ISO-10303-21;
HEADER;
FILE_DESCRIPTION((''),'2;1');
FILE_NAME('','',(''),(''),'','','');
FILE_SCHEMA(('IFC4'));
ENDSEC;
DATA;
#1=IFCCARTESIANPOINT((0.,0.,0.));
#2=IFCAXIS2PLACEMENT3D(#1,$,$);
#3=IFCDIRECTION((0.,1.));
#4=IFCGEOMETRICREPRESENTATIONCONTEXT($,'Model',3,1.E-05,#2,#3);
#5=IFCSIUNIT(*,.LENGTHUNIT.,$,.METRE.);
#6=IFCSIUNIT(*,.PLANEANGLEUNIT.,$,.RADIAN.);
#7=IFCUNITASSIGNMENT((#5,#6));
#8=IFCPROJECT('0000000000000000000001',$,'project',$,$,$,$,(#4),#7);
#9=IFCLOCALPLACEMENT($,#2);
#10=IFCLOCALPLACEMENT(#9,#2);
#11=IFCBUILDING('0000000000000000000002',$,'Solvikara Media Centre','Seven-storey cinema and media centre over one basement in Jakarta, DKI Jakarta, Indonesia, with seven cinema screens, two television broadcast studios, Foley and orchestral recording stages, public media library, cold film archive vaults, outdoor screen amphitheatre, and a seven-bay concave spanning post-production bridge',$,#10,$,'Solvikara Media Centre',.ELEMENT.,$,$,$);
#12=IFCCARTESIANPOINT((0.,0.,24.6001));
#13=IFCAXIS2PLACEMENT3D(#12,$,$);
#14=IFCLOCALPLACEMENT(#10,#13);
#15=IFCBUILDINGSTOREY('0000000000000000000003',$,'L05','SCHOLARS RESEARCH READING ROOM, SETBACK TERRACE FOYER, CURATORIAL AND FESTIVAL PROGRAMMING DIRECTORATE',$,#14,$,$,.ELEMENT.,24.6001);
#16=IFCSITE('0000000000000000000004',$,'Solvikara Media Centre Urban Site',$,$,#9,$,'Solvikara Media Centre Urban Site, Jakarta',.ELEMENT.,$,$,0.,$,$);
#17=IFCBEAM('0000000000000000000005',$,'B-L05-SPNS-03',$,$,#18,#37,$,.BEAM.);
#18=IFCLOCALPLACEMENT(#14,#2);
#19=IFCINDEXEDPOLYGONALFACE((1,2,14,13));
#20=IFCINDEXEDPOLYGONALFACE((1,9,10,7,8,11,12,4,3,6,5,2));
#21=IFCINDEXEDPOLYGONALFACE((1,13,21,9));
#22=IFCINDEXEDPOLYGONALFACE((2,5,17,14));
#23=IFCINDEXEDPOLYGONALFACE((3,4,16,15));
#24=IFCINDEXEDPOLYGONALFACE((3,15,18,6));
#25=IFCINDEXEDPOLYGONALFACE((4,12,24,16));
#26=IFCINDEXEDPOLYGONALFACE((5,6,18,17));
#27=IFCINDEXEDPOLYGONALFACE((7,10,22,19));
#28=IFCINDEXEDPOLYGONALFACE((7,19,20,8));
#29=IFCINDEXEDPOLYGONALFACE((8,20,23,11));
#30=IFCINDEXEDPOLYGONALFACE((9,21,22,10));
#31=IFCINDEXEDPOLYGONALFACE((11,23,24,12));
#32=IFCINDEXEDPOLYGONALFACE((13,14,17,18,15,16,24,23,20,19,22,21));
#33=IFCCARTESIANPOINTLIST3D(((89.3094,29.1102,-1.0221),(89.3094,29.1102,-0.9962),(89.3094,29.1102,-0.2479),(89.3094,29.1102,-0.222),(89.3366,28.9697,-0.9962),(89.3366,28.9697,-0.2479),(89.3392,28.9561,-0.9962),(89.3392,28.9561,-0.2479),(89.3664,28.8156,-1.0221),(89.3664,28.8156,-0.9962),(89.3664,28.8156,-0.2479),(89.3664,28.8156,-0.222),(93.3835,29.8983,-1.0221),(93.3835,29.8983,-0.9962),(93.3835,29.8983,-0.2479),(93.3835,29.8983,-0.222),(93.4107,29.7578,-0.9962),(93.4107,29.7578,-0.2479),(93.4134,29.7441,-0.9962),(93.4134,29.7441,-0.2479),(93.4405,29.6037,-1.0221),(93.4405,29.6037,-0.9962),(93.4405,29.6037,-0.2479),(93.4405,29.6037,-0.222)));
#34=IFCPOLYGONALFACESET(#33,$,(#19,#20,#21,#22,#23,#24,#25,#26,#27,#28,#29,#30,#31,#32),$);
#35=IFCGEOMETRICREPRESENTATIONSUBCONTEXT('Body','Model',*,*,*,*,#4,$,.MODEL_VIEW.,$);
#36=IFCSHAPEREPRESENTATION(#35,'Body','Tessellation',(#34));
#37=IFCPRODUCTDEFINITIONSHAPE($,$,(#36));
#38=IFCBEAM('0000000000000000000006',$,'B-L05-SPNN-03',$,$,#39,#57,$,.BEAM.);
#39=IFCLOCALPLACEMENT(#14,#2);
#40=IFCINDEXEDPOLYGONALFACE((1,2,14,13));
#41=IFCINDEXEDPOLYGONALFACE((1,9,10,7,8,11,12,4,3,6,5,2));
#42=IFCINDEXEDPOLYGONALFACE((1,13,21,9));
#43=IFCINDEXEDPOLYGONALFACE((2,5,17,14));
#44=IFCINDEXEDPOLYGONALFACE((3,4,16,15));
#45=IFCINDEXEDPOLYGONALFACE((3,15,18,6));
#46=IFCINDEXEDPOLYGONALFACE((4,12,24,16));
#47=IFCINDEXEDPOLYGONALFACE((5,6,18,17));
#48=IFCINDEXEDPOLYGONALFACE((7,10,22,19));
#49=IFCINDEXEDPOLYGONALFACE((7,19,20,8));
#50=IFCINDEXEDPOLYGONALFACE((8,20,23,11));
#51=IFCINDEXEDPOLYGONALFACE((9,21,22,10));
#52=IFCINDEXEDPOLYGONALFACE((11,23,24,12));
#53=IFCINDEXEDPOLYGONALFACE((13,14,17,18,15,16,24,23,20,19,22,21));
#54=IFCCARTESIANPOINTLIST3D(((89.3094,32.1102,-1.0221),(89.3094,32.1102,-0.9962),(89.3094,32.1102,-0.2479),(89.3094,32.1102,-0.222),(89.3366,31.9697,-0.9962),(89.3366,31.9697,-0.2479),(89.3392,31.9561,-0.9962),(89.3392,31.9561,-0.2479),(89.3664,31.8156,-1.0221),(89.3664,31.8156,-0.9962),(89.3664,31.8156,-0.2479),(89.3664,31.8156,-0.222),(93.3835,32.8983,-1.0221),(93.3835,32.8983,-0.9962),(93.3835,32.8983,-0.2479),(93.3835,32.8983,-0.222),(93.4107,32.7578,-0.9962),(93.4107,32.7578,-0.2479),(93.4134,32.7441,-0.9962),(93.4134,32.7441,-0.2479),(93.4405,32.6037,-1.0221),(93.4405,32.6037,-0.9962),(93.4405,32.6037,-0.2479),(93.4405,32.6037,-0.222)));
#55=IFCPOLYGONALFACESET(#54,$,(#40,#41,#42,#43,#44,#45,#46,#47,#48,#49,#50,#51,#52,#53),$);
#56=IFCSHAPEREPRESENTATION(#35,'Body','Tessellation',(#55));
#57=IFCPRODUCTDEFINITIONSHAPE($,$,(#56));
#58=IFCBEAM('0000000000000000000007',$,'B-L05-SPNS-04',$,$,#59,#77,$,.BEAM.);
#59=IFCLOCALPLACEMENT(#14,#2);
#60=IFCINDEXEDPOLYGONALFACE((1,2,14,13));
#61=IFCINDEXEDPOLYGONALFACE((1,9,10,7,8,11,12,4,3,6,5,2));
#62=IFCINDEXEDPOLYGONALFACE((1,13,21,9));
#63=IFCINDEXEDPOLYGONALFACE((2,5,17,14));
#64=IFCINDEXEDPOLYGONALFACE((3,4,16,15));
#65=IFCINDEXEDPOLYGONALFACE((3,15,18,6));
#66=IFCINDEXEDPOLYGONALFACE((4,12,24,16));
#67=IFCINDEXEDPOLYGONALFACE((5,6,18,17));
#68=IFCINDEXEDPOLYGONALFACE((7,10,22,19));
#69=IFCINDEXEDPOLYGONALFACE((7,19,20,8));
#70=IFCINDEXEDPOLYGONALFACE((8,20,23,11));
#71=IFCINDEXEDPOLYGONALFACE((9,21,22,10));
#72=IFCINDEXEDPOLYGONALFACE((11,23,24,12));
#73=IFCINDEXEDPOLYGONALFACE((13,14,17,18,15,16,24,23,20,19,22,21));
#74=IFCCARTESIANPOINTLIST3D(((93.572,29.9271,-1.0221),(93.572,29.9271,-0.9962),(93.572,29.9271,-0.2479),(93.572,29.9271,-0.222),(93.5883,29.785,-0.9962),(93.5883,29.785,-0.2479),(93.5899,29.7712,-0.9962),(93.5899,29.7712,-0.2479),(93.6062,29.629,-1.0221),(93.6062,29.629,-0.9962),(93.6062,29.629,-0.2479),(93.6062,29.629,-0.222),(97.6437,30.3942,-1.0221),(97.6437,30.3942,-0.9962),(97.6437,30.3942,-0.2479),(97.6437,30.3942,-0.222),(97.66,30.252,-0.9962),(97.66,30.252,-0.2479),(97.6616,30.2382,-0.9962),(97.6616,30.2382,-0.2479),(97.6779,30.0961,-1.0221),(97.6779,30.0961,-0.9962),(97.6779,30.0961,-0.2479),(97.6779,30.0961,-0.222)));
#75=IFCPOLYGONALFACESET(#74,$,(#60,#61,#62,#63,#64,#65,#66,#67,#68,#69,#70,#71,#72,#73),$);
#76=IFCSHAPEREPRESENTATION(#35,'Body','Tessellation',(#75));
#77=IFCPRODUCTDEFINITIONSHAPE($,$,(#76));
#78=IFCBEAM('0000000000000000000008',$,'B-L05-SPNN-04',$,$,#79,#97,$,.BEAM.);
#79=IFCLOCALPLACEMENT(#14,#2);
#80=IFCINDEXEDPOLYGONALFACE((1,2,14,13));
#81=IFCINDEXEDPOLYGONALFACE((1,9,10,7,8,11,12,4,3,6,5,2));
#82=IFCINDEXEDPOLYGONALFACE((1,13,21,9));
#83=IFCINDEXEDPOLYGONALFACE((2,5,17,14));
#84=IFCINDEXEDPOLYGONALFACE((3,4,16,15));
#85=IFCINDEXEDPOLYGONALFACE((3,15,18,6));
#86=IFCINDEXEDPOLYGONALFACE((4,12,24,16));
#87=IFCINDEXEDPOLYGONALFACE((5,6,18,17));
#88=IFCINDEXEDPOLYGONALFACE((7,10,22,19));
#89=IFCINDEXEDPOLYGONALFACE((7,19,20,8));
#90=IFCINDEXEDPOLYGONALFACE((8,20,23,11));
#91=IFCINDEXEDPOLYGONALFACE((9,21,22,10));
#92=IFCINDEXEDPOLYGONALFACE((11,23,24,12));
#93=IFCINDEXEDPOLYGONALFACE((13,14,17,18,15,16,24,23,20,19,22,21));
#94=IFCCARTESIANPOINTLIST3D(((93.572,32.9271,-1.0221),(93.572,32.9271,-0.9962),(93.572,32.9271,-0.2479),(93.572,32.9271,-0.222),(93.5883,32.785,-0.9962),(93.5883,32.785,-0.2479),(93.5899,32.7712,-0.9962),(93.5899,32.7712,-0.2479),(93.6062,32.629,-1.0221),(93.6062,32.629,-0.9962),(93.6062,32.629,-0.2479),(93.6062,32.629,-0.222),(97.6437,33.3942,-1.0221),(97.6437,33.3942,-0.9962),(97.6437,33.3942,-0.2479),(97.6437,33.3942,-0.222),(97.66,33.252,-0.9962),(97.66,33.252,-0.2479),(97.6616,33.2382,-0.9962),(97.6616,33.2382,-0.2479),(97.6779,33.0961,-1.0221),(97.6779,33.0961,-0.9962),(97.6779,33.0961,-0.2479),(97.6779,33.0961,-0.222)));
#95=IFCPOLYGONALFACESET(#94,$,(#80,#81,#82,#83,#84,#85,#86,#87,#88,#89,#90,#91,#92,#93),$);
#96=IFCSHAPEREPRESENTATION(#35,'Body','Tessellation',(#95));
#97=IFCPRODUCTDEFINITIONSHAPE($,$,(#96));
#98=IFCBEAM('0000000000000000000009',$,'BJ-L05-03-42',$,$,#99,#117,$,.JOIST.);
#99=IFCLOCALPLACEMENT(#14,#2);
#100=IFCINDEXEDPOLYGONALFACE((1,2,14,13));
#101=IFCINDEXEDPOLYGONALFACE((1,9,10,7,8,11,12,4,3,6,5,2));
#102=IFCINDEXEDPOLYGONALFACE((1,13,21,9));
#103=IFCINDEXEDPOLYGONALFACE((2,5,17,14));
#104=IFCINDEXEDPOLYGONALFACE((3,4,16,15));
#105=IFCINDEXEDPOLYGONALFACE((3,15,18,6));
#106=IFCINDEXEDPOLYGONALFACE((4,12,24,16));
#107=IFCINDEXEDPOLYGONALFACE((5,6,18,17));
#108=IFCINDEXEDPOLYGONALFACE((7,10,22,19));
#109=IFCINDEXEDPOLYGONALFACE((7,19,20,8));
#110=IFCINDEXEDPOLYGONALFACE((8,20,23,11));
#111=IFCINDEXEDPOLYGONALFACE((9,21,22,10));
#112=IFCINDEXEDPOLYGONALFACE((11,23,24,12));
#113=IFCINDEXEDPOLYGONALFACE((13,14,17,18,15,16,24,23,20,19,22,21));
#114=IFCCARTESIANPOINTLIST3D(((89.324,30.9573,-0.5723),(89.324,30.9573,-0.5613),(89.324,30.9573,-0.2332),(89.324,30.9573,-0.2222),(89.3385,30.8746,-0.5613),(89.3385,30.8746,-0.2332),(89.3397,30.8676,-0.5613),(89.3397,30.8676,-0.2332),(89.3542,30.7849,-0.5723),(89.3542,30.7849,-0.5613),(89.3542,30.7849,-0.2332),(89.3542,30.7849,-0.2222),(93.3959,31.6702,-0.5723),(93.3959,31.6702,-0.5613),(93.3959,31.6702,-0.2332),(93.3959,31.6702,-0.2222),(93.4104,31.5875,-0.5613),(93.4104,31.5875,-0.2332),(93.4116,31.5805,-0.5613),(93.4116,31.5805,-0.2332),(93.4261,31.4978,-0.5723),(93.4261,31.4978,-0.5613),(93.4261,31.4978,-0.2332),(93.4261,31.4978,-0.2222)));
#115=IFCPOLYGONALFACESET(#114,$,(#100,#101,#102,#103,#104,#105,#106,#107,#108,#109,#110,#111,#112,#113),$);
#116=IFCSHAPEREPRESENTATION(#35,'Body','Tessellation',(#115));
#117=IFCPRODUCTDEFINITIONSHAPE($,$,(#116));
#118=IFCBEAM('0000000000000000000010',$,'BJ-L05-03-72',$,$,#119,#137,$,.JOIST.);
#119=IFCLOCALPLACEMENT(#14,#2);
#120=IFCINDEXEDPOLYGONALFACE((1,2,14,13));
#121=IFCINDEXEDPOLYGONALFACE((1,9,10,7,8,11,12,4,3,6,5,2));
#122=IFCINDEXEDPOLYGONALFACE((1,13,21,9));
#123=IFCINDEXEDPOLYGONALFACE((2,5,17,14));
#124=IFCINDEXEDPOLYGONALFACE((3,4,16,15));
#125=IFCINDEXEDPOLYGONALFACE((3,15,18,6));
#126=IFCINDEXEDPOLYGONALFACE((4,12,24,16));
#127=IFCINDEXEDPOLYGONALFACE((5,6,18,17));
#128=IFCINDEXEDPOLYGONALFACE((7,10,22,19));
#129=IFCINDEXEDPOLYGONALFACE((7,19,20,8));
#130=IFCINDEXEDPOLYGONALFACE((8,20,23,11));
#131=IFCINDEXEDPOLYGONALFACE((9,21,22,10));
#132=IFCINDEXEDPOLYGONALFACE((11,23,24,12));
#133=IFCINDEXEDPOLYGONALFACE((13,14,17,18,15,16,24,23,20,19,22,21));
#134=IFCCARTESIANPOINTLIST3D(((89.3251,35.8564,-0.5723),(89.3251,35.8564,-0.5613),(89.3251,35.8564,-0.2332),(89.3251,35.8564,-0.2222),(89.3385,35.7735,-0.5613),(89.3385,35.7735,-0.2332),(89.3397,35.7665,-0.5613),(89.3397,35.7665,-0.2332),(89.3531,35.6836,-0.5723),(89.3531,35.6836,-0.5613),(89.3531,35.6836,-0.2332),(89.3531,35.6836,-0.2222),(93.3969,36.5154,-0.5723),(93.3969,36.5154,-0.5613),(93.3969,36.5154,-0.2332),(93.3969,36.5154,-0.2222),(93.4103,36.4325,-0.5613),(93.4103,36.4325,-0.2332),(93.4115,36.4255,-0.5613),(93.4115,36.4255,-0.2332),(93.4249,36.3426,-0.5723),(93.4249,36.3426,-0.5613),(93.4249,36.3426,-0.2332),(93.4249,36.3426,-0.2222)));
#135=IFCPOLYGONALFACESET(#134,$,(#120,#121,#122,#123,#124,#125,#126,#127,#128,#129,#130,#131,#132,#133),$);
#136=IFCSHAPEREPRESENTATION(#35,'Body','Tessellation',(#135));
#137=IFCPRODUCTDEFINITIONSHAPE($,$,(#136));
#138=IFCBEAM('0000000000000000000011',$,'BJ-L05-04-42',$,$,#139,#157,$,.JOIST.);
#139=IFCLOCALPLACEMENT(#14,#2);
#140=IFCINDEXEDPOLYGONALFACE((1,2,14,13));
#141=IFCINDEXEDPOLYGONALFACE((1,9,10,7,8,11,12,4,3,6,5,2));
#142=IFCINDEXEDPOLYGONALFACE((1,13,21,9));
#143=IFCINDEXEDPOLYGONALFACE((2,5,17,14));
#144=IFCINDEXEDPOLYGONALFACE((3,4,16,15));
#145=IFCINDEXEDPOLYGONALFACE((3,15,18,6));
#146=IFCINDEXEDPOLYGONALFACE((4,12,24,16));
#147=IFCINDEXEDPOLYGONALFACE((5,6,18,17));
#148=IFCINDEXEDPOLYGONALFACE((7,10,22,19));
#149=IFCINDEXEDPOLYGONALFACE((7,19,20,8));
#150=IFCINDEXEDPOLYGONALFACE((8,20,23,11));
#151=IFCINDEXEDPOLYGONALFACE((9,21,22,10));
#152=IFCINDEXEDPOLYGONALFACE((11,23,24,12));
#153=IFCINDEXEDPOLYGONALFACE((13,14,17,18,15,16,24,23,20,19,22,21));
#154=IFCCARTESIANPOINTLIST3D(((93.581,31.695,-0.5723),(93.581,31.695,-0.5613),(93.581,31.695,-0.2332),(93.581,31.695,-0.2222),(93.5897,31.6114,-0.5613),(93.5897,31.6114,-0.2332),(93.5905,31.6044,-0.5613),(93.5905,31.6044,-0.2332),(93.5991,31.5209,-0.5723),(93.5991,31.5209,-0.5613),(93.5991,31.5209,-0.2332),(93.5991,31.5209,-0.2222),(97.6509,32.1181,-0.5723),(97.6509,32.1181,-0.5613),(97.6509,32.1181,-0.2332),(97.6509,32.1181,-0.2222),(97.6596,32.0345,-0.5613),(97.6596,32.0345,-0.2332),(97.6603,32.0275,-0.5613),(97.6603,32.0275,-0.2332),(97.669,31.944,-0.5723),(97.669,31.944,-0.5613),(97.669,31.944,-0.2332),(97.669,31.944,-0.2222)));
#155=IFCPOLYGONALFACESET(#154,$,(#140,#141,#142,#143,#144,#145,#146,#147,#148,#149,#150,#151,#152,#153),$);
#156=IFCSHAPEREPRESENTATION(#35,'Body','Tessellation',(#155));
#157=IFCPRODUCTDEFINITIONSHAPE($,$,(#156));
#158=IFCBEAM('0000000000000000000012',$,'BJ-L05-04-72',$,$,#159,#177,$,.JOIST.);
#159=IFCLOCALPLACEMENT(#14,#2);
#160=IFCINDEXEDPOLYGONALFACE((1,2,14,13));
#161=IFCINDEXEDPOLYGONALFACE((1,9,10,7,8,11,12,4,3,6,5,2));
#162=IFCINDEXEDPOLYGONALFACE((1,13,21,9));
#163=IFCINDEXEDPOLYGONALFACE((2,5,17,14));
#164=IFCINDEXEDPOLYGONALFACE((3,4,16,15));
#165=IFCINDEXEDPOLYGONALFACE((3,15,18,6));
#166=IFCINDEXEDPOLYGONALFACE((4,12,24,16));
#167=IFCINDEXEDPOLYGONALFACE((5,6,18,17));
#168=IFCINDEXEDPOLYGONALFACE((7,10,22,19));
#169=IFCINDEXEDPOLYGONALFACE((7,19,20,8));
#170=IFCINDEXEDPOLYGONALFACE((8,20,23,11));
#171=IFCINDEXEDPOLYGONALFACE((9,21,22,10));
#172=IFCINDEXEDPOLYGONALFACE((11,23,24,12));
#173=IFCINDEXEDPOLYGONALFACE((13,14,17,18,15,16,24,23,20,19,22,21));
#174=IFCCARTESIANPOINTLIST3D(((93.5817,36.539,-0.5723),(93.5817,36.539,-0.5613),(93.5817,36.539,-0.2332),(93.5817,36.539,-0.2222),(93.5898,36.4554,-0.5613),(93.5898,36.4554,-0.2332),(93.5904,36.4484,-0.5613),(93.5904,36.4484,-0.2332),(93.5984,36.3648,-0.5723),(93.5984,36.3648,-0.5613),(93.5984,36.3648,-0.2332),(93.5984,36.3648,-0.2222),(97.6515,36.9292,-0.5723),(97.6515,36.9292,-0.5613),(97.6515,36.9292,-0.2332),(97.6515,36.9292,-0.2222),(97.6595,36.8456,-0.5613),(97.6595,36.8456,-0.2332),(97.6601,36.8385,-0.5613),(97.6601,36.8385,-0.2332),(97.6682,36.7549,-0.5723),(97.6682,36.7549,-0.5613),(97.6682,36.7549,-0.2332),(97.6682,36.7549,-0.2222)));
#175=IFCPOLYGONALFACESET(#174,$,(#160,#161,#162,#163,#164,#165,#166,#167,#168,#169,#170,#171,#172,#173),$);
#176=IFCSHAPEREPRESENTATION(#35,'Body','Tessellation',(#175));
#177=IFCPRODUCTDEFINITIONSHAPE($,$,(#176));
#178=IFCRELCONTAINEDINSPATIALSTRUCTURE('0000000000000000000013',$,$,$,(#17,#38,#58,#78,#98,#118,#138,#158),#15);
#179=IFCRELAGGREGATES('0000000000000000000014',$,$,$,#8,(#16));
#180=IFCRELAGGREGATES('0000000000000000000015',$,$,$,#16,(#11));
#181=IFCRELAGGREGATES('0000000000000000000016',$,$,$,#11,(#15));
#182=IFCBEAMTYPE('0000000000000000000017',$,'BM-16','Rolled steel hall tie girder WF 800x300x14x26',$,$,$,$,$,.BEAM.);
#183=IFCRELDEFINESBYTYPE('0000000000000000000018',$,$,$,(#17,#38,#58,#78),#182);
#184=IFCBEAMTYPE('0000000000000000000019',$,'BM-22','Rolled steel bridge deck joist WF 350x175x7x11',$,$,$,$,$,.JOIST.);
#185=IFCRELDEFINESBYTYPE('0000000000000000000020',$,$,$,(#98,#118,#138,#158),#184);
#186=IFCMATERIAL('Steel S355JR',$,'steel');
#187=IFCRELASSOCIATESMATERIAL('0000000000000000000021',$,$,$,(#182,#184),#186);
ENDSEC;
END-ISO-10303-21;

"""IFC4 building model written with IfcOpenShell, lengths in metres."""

from ifc_helpers import new_model, si_unit, direction, frame, origin, origin_2d, place, context, subcontext, project, spatial, i_section, extrude, material, material_profile, profile_set, type_object, element, save


model = new_model("IFC4")

# Units and contexts
model_context = context("Model", 3, precision=1e-05, world=origin(), true_north=direction((0.0, 1.0)))
body_context = subcontext(model_context, "Body", "Model", "MODEL_VIEW")
ifc_project = project(units=[si_unit("LENGTHUNIT", "METRE"), si_unit("PLANEANGLEUNIT", "RADIAN")], contexts=[model_context])

# Site, building, storey
site_placement = place(None, origin())
site = spatial("IfcSite", under=ifc_project, at=site_placement, Name="Solvikara Media Centre Urban Site", LongName="Solvikara Media Centre Urban Site, Jakarta", CompositionType="ELEMENT", RefElevation=0.0)
building_placement = place(site_placement, origin())
building = spatial("IfcBuilding", under=site, at=building_placement, Name="Solvikara Media Centre", Description="Seven-storey cinema and media centre over one basement in Jakarta, DKI Jakarta, Indonesia, with seven cinema screens, two television broadcast studios, Foley and orchestral recording stages, public media library, cold film archive vaults, outdoor screen amphitheatre, and a seven-bay concave spanning post-production bridge", LongName="Solvikara Media Centre", CompositionType="ELEMENT")
storey_placement = place(building_placement, frame((0.0, 0.0, 24.6001)))
storey = spatial("IfcBuildingStorey", under=building, at=storey_placement, Name="L05", Description="SCHOLARS RESEARCH READING ROOM, SETBACK TERRACE FOYER, CURATORIAL AND FESTIVAL PROGRAMMING DIRECTORATE", CompositionType="ELEMENT", Elevation=24.6001)

# Beams
ifc_material_1 = material(Name="Steel S355JR", Category="steel")
ifc_material_profile_1 = material_profile(ifc_material_1, i_section(OverallWidth=0.3, OverallDepth=0.8, WebThickness=0.0139, FlangeThickness=0.0259, at=origin_2d()), Name="WF 800x300x14x26")
ifc_profile_set_1 = profile_set([ifc_material_profile_1], Name="Steel S355JR")
beam_type_1 = type_object("IfcBeamType", Name="BM-16", Description="Rolled steel hall tie girder WF 800x300x14x26", PredefinedType="BEAM", material=ifc_profile_set_1)
for number, where, z_axis, x_axis, name in (
    (1, (89.3379, 28.9629, -0.6221), (0.981801, 0.189912, 0.0), (-0.189912, 0.981801, 0.0), "B-L05-SPNS-03"),
    (2, (89.3379, 31.9629, -0.6221), (0.981801, 0.189912, 0.0), (-0.189912, 0.981801, 0.0), "B-L05-SPNN-03"),
):
    element("IfcBeam", number, at=place(storey_placement, frame(where, z_axis=z_axis, x_axis=x_axis)), inside=storey, type_object=beam_type_1, Name=name, PredefinedType="BEAM", context=body_context, shape_type="SweptSolid", body=[
        extrude(i_section(OverallWidth=0.3, OverallDepth=0.8, WebThickness=0.0139, FlangeThickness=0.0259, at=origin_2d()), origin(), (0.0, 0.0, 1.0), 4.1497),
    ])
for number, where, z_axis, x_axis, name in (
    (3, (93.5891, 29.7781, -0.6221), (0.993486, 0.113955, 0.0), (-0.113955, 0.993486, 0.0), "B-L05-SPNS-04"),
    (4, (93.5891, 32.7781, -0.6221), (0.993486, 0.113955, 0.0), (-0.113955, 0.993486, 0.0), "B-L05-SPNN-04"),
):
    element("IfcBeam", number, at=place(storey_placement, frame(where, z_axis=z_axis, x_axis=x_axis)), inside=storey, type_object=beam_type_1, Name=name, PredefinedType="BEAM", context=body_context, shape_type="SweptSolid", body=[
        extrude(i_section(OverallWidth=0.3, OverallDepth=0.8, WebThickness=0.0139, FlangeThickness=0.0259, at=origin_2d()), origin(), (0.0, 0.0, 1.0), 4.0984),
    ])
ifc_material_profile_2 = material_profile(ifc_material_1, i_section(OverallWidth=0.175, OverallDepth=0.3501, WebThickness=0.0071, FlangeThickness=0.011, at=origin_2d()), Name="WF 350x175x7x11")
ifc_profile_set_2 = profile_set([ifc_material_profile_2], Name="Steel S355JR")
beam_type_2 = type_object("IfcBeamType", Name="BM-22", Description="Rolled steel bridge deck joist WF 350x175x7x11", PredefinedType="JOIST", material=ifc_profile_set_2)
beam_1_placement = place(storey_placement, frame((89.3391, 30.8711, -0.3972), z_axis=(0.985017, 0.172458, 0.0), x_axis=(-0.172458, 0.985017, 0.0)))
element("IfcBeam", 5, at=beam_1_placement, inside=storey, type_object=beam_type_2, Name="BJ-L05-03-42", PredefinedType="JOIST", context=body_context, shape_type="SweptSolid", body=[
    extrude(i_section(OverallWidth=0.175, OverallDepth=0.3501, WebThickness=0.0071, FlangeThickness=0.011, at=origin_2d()), origin(), (0.0, 0.0, 1.0), 4.1338),
])
beam_2_placement = place(storey_placement, frame((89.3391, 35.77, -0.3972), z_axis=(0.987157, 0.159752, 0.0), x_axis=(-0.159752, 0.987157, 0.0)))
element("IfcBeam", 6, at=beam_2_placement, inside=storey, type_object=beam_type_2, Name="BJ-L05-03-72", PredefinedType="JOIST", context=body_context, shape_type="SweptSolid", body=[
    extrude(i_section(OverallWidth=0.175, OverallDepth=0.3501, WebThickness=0.0071, FlangeThickness=0.011, at=origin_2d()), origin(), (0.0, 0.0, 1.0), 4.1248),
])
beam_3_placement = place(storey_placement, frame((93.5901, 31.6079, -0.3972), z_axis=(0.99464, 0.103402, 0.0), x_axis=(-0.103402, 0.99464, 0.0)))
element("IfcBeam", 7, at=beam_3_placement, inside=storey, type_object=beam_type_2, Name="BJ-L05-04-42", PredefinedType="JOIST", context=body_context, shape_type="SweptSolid", body=[
    extrude(i_section(OverallWidth=0.175, OverallDepth=0.3501, WebThickness=0.0071, FlangeThickness=0.011, at=origin_2d()), origin(), (0.0, 0.0, 1.0), 4.0918),
])
beam_4_placement = place(storey_placement, frame((93.5901, 36.4519, -0.3972), z_axis=(0.995437, 0.095423, 0.0), x_axis=(-0.095423, 0.995437, 0.0)))
element("IfcBeam", 8, at=beam_4_placement, inside=storey, type_object=beam_type_2, Name="BJ-L05-04-72", PredefinedType="JOIST", context=body_context, shape_type="SweptSolid", body=[
    extrude(i_section(OverallWidth=0.175, OverallDepth=0.3501, WebThickness=0.0071, FlangeThickness=0.011, at=origin_2d()), origin(), (0.0, 0.0, 1.0), 4.0884),
])

save(model, "model.ifc")
